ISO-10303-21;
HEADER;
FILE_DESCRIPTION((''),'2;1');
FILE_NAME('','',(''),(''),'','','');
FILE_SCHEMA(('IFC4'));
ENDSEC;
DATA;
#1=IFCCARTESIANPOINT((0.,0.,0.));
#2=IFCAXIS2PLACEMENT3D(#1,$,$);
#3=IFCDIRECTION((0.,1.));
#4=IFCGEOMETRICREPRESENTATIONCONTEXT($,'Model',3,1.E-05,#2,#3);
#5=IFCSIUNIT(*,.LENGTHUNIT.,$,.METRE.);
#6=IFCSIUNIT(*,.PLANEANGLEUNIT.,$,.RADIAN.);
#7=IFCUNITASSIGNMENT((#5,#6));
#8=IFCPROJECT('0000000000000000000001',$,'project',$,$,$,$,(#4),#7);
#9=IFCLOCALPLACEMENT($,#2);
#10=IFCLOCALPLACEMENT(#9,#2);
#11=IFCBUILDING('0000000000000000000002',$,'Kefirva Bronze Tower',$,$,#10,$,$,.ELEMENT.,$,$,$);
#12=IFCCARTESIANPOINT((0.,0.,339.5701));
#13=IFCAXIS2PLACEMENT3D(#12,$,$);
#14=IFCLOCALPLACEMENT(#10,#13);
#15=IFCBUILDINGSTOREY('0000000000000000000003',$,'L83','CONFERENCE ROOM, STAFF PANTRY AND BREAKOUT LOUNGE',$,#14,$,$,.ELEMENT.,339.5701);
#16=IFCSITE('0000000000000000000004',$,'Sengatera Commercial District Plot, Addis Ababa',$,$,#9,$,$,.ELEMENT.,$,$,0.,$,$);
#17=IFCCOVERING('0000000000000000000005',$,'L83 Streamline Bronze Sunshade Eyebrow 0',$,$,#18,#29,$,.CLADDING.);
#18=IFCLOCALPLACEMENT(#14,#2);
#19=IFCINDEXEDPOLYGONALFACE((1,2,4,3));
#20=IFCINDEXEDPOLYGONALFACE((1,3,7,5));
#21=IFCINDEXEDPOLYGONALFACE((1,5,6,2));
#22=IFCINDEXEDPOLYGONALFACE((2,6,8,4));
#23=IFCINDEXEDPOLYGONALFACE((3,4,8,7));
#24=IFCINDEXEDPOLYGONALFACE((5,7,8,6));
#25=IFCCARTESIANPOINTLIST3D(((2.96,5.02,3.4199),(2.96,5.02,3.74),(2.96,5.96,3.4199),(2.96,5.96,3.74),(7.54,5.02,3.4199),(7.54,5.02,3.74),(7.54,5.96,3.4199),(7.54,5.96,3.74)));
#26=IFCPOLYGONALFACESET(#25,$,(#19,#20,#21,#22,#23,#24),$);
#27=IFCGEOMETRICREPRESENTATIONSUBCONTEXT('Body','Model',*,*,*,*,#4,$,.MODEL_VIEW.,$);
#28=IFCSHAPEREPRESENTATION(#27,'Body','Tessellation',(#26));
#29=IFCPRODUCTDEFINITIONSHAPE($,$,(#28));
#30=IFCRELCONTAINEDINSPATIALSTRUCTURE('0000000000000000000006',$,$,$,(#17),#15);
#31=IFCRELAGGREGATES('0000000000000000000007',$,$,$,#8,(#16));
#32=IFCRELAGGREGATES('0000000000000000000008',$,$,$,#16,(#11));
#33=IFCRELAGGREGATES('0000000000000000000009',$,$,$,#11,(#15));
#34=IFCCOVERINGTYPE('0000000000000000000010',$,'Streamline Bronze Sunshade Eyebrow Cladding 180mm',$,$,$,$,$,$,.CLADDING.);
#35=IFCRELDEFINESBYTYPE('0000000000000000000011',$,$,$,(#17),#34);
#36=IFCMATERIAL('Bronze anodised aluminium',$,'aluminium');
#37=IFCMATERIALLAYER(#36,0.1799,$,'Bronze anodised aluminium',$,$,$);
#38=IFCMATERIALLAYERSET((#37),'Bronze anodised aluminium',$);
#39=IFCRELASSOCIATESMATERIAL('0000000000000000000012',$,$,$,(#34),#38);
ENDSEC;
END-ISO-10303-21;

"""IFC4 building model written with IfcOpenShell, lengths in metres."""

from ifc_helpers import new_model, si_unit, direction, frame, origin, origin_2d, place, context, subcontext, project, spatial, rectangle, extrude, material, layer, layer_set, type_object, element, save


model = new_model("IFC4")

# Units and contexts
model_context = context("Model", 3, precision=1e-05, world=origin(), true_north=direction((0.0, 1.0)))
body_context = subcontext(model_context, "Body", "Model", "MODEL_VIEW")
ifc_project = project(units=[si_unit("LENGTHUNIT", "METRE"), si_unit("PLANEANGLEUNIT", "RADIAN")], contexts=[model_context])

# Site, building, storey
site_placement = place(None, origin())
site = spatial("IfcSite", under=ifc_project, at=site_placement, Name="Sengatera Commercial District Plot, Addis Ababa", CompositionType="ELEMENT", RefElevation=0.0)
building_placement = place(site_placement, origin())
building = spatial("IfcBuilding", under=site, at=building_placement, Name="Kefirva Bronze Tower", CompositionType="ELEMENT")
storey_placement = place(building_placement, frame((0.0, 0.0, 339.5701)))
storey = spatial("IfcBuildingStorey", under=building, at=storey_placement, Name="L83", Description="CONFERENCE ROOM, STAFF PANTRY AND BREAKOUT LOUNGE", CompositionType="ELEMENT", Elevation=339.5701)

# Covering
ifc_material_1 = material(Name="Bronze anodised aluminium", Category="aluminium")
ifc_layer_1 = layer(ifc_material_1, 0.1799, Name="Bronze anodised aluminium")
ifc_layer_set_1 = layer_set([ifc_layer_1], Name="Bronze anodised aluminium")
covering_type_1 = type_object("IfcCoveringType", Name="Streamline Bronze Sunshade Eyebrow Cladding 180mm", PredefinedType="CLADDING", material=ifc_layer_set_1)
covering_1_placement = place(storey_placement, frame((5.25, 5.49, 3.4199), z_axis=(0.0, 0.0, 1.0), x_axis=(1.0, 0.0, 0.0)))
element("IfcCovering", 1, at=covering_1_placement, inside=storey, type_object=covering_type_1, Name="L83 Streamline Bronze Sunshade Eyebrow 0", PredefinedType="CLADDING", context=body_context, shape_type="SweptSolid", body=[
    extrude(rectangle(XDim=4.5801, YDim=0.9399, at=origin_2d()), origin(), (0.0, 0.0, 1.0), 0.3201),
])

save(model, "model.ifc")
